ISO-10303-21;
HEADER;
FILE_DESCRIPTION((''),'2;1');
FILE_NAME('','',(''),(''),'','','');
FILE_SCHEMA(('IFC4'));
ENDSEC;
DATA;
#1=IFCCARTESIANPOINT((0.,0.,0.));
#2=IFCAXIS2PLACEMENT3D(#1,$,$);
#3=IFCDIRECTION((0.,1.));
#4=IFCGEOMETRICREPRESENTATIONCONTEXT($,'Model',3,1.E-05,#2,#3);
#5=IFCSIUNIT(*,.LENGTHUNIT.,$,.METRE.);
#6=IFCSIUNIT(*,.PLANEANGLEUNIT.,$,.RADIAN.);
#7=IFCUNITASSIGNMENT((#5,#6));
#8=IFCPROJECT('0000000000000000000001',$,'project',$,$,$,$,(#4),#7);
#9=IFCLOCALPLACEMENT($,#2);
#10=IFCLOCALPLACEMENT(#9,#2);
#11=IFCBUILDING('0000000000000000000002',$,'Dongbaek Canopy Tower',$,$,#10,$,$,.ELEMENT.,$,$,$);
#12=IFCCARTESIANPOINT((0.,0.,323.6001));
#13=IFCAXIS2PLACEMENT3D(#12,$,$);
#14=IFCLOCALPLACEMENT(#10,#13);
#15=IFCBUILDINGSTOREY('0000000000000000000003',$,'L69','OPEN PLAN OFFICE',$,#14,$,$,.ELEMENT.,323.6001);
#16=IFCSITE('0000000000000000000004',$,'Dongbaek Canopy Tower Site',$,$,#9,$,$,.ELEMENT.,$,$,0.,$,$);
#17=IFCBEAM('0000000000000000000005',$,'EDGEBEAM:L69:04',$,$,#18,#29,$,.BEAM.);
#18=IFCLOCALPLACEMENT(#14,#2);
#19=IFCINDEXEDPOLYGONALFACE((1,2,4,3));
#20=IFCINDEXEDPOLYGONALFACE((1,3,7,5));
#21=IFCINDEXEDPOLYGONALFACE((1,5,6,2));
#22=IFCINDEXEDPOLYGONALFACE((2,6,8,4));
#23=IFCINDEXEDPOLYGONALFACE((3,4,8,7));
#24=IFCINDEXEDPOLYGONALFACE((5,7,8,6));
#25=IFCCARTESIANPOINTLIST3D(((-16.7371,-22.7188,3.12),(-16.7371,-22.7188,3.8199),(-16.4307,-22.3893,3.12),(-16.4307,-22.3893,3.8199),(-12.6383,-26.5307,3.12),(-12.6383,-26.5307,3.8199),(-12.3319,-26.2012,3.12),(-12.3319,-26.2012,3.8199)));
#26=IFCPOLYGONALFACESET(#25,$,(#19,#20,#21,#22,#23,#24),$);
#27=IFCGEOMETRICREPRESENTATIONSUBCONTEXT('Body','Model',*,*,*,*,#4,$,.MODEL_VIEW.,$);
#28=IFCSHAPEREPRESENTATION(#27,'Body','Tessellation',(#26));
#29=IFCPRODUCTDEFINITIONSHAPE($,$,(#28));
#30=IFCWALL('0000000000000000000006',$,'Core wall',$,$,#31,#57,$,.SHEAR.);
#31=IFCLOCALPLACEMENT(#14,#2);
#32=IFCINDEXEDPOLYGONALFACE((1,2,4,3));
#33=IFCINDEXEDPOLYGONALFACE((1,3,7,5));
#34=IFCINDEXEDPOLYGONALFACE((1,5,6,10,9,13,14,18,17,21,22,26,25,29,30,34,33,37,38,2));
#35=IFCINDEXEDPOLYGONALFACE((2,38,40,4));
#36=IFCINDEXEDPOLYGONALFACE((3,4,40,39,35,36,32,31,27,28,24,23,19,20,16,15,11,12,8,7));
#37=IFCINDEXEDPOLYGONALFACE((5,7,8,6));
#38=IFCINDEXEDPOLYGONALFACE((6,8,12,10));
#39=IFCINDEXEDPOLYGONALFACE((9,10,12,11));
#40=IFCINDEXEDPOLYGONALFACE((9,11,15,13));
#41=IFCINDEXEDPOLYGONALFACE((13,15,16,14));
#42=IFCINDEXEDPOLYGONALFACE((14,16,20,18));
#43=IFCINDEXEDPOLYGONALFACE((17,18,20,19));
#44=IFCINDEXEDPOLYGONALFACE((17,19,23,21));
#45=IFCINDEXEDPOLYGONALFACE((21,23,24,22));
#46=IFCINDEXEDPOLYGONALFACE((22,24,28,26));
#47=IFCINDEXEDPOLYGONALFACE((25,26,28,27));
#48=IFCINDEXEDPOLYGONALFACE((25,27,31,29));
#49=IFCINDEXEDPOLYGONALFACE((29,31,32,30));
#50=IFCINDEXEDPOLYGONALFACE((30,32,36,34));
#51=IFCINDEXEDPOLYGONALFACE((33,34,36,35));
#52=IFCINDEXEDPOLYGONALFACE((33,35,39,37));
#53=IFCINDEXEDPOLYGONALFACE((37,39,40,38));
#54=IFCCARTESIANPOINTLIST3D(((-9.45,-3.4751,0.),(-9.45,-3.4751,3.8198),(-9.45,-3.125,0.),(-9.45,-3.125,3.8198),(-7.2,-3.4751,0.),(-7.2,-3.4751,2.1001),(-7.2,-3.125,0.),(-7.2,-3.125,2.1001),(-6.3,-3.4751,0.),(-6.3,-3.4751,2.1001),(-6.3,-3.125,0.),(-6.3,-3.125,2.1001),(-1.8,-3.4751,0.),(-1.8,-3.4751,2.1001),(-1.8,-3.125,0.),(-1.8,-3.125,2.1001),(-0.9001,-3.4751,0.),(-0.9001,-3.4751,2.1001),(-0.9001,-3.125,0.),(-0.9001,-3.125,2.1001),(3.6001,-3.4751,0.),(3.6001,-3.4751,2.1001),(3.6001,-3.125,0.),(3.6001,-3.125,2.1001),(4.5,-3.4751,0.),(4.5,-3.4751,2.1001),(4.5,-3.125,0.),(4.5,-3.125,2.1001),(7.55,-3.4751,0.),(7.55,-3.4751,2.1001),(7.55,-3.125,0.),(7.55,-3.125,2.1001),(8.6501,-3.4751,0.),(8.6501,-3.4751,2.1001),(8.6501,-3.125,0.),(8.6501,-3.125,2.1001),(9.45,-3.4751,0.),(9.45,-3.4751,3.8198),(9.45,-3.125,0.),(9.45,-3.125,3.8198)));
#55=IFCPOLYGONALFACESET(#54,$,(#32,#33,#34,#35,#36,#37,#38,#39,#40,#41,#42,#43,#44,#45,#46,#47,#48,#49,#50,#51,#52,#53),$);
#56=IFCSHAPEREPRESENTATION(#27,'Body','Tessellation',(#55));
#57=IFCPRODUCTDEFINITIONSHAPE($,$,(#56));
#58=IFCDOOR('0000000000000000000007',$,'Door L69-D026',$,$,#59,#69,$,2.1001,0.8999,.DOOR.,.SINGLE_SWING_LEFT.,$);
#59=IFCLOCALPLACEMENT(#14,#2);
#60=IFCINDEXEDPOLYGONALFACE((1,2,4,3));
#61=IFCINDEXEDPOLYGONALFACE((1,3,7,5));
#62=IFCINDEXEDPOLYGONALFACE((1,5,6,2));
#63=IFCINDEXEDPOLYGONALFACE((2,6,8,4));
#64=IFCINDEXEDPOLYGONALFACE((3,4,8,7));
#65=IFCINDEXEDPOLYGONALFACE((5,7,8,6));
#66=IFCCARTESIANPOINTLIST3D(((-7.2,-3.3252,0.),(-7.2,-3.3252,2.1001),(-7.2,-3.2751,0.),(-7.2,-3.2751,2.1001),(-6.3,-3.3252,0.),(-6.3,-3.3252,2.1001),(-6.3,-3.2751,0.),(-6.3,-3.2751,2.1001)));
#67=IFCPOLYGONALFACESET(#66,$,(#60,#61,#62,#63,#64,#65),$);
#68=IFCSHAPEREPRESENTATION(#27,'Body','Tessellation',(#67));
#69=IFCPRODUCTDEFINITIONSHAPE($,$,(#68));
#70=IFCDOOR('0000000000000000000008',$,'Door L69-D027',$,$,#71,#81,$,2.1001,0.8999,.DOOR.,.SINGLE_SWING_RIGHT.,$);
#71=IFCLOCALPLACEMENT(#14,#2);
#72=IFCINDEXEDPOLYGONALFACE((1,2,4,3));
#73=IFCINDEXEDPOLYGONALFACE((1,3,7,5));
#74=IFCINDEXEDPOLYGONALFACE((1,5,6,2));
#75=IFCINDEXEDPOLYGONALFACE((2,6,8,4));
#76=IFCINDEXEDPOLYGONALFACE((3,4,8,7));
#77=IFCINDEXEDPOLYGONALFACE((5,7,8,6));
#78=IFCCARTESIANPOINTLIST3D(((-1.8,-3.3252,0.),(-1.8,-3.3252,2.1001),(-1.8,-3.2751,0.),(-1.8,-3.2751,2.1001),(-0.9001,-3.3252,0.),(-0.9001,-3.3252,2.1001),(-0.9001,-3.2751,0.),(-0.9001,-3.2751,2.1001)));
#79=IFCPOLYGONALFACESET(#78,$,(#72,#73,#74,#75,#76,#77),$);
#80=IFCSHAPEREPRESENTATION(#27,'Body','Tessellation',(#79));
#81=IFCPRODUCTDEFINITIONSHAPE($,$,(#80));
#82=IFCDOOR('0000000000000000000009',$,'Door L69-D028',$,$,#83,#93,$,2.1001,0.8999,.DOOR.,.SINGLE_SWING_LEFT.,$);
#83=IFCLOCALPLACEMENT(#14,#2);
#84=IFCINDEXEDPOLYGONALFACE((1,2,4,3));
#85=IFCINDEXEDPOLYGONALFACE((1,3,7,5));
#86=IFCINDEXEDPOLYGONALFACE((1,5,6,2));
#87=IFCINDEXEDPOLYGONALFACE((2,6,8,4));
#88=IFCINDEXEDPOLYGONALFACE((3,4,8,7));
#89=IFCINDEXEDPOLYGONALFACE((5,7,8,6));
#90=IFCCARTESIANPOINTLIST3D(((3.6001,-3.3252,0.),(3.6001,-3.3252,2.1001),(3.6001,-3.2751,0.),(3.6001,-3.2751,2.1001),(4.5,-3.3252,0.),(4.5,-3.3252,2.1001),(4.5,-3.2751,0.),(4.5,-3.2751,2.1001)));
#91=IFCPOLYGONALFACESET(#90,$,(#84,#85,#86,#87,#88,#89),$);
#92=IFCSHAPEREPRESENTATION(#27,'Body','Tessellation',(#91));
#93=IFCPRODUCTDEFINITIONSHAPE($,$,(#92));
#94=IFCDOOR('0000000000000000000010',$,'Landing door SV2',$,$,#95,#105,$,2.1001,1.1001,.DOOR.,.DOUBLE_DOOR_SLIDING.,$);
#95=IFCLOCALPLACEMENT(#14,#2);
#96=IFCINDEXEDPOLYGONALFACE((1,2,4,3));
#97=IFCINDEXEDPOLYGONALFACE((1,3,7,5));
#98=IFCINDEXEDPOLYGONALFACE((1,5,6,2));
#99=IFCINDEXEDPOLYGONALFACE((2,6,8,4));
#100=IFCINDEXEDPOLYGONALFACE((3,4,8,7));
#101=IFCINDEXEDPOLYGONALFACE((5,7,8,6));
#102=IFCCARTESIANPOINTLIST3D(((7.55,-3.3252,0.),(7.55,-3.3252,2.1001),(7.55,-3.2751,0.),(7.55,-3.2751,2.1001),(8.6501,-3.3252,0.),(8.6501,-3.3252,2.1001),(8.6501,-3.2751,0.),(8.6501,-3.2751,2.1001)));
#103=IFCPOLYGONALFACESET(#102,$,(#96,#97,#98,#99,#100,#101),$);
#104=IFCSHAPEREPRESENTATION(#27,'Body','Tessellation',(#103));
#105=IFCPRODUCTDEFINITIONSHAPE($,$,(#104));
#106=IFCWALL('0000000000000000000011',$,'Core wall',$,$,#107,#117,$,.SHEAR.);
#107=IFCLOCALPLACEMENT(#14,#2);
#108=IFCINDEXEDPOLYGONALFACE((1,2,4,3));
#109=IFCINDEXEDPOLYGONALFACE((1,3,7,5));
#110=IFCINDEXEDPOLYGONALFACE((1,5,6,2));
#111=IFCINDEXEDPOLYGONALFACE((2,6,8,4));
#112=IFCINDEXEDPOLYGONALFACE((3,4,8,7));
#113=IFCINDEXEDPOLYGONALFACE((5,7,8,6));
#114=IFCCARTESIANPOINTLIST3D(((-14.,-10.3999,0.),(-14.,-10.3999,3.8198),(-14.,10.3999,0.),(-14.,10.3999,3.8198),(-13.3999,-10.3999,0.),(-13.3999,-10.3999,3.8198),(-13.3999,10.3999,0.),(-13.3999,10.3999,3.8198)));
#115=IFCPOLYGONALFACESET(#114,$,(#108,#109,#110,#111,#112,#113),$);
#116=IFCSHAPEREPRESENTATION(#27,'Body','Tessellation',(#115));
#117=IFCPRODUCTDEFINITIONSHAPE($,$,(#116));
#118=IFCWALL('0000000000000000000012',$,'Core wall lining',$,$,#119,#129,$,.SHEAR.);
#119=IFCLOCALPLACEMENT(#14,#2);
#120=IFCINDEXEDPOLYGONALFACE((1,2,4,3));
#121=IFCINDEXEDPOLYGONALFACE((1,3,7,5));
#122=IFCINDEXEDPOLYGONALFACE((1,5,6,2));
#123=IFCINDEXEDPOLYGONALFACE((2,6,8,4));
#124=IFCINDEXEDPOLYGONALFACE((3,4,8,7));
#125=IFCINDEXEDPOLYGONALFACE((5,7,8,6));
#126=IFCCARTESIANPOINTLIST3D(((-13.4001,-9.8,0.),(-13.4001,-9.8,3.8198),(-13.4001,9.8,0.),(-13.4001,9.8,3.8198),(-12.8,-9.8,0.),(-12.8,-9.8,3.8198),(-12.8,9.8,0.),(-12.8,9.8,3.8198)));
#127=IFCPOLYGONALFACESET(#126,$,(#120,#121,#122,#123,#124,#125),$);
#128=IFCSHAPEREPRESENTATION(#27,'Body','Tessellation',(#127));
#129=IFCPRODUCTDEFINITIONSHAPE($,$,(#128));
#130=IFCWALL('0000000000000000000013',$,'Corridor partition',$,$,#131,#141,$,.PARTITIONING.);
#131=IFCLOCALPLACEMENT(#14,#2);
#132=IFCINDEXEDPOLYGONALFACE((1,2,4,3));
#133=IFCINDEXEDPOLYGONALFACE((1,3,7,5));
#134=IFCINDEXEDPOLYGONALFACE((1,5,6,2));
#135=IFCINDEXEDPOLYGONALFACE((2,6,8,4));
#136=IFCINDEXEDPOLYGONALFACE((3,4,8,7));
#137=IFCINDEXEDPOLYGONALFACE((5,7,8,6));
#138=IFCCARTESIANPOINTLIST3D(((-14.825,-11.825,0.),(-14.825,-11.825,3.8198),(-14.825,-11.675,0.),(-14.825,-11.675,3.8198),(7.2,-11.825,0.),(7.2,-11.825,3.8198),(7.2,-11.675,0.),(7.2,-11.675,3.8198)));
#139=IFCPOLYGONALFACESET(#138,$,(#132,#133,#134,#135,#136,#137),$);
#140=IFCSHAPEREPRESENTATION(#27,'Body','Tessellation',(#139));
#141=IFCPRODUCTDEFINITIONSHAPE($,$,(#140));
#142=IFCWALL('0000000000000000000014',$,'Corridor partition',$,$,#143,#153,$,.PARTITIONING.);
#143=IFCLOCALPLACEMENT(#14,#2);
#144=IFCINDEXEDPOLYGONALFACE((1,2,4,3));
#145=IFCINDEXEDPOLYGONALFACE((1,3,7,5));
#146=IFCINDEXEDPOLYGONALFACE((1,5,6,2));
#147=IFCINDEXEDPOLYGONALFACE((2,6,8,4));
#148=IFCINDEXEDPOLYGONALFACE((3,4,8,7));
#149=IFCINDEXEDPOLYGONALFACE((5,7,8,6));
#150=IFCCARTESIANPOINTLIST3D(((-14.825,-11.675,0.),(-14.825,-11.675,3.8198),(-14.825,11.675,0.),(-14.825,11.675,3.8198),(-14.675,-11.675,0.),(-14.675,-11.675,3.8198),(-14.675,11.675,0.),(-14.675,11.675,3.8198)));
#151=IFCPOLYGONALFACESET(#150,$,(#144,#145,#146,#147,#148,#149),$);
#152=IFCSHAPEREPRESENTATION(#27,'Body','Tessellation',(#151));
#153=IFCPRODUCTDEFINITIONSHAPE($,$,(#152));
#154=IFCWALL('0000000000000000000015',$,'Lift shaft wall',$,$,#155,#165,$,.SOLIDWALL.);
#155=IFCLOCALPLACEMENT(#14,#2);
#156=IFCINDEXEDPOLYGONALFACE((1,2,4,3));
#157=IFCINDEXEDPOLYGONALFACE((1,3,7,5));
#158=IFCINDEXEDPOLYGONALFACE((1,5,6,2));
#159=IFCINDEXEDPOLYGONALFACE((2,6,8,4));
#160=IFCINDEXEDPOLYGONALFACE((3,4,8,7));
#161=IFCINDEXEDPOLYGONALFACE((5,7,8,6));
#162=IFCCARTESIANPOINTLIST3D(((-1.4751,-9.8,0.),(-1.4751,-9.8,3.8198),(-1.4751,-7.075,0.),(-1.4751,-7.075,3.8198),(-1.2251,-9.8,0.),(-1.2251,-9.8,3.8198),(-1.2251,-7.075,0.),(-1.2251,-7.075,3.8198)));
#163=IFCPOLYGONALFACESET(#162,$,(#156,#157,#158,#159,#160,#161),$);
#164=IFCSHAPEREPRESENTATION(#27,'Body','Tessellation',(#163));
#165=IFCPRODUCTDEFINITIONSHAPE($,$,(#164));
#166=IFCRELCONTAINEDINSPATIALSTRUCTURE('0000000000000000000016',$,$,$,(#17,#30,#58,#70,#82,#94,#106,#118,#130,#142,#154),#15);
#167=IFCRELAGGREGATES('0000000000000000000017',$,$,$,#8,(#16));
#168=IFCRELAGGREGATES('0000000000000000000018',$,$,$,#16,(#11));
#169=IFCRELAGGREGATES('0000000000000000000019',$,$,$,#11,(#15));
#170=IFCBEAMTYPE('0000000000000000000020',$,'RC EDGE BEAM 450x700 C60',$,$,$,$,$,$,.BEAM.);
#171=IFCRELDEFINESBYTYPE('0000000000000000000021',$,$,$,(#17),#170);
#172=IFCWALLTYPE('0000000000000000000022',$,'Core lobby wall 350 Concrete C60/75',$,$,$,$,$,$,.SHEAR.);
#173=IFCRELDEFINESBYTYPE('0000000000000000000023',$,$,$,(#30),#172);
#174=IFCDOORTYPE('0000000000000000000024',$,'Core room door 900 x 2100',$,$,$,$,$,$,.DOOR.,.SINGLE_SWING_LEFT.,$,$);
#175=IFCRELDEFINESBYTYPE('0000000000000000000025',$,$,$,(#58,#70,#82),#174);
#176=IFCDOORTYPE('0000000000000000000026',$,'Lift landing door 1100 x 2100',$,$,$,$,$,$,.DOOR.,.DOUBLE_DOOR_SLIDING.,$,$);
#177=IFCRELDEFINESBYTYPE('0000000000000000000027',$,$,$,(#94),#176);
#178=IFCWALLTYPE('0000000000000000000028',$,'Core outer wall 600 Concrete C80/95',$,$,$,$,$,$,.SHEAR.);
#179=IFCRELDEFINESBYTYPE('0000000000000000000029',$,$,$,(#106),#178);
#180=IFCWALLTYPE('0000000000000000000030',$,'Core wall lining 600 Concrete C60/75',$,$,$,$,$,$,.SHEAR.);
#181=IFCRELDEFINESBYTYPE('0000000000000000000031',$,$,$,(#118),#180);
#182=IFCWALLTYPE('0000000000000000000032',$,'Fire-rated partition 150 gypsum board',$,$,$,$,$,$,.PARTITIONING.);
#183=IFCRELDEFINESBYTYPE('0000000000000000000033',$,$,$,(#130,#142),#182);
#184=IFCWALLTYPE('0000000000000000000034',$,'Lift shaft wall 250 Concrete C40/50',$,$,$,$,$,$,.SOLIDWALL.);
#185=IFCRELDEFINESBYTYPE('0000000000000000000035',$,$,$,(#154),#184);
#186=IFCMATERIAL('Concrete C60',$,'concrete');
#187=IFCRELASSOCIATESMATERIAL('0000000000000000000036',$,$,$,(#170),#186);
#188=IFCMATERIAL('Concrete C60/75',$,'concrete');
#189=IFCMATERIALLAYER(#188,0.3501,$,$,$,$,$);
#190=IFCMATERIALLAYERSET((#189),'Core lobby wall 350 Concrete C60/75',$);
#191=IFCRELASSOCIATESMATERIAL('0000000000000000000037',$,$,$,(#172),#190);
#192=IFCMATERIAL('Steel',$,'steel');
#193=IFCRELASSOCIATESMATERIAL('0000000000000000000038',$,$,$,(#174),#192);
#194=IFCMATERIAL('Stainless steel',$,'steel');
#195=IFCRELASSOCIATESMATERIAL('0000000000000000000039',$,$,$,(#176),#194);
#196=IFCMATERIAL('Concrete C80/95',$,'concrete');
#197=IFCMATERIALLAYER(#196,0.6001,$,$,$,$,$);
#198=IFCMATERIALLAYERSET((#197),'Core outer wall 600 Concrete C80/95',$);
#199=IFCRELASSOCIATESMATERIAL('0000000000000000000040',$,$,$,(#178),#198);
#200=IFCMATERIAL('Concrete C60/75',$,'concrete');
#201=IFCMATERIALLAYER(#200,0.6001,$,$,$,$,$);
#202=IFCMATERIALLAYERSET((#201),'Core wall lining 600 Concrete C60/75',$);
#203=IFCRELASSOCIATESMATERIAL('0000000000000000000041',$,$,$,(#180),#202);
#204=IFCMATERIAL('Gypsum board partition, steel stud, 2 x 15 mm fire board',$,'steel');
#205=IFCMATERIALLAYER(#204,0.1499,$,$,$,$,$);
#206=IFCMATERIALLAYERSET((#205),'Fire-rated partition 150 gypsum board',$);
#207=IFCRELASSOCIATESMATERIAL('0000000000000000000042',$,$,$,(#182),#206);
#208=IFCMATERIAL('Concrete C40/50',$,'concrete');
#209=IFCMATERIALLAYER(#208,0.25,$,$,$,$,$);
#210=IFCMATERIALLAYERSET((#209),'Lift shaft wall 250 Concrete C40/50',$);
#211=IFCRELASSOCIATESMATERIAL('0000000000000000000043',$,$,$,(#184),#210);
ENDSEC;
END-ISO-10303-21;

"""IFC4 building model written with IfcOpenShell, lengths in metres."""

from ifc_helpers import new_model, si_unit, direction, frame, frame_2d, origin, origin_2d, place, context, subcontext, project, spatial, rectangle, extrude, material, layer, layer_set, material_profile, profile_set, type_object, element, fill, save


model = new_model("IFC4")

# Units and contexts
model_context = context("Model", 3, precision=1e-05, world=origin(), true_north=direction((0.0, 1.0)))
body_context = subcontext(model_context, "Body", "Model", "MODEL_VIEW")
ifc_project = project(units=[si_unit("LENGTHUNIT", "METRE"), si_unit("PLANEANGLEUNIT", "RADIAN")], contexts=[model_context])

# Site, building, storey
site_placement = place(None, origin())
site = spatial("IfcSite", under=ifc_project, at=site_placement, Name="Dongbaek Canopy Tower Site", CompositionType="ELEMENT", RefElevation=0.0)
building_placement = place(site_placement, origin())
building = spatial("IfcBuilding", under=site, at=building_placement, Name="Dongbaek Canopy Tower", CompositionType="ELEMENT")
storey_placement = place(building_placement, frame((0.0, 0.0, 323.6001)))
storey = spatial("IfcBuildingStorey", under=building, at=storey_placement, Name="L69", Description="OPEN PLAN OFFICE", CompositionType="ELEMENT", Elevation=323.6001)

# Beam
ifc_material_1 = material(Name="Concrete C60", Category="concrete")
ifc_material_profile = material_profile(ifc_material_1, rectangle(XDim=0.45, YDim=0.7, at=origin_2d()), Name="RC EDGE BEAM 450x700 C60")
ifc_profile_set = profile_set([ifc_material_profile], Name="Concrete C60")
beam_type = type_object("IfcBeamType", Name="RC EDGE BEAM 450x700 C60", PredefinedType="BEAM", material=ifc_profile_set)
beam_placement = place(storey_placement, frame((-12.4851, -26.366, 3.47), z_axis=(-0.732267, 0.681018, 0.0), x_axis=(-0.681018, -0.732267, 0.0)))
element("IfcBeam", 1, at=beam_placement, inside=storey, type_object=beam_type, Name="EDGEBEAM:L69:04", PredefinedType="BEAM", context=body_context, shape_type="SweptSolid", body=[
    extrude(rectangle(XDim=0.45, YDim=0.7, at=origin_2d()), origin(), (0.0, 0.0, 1.0), 5.5974),
])

# Wall, openings, doors
ifc_material_2 = material(Name="Concrete C60/75", Category="concrete")
ifc_layer_1 = layer(ifc_material_2, 0.3501)
ifc_layer_set_1 = layer_set([ifc_layer_1], Name="Core lobby wall 350 Concrete C60/75")
wall_type_1 = type_object("IfcWallType", Name="Core lobby wall 350 Concrete C60/75", PredefinedType="SHEAR", material=ifc_layer_set_1)
wall_1_placement = place(storey_placement, frame((-9.45, -3.3, 0.0), z_axis=(0.0, 0.0, 1.0), x_axis=(1.0, 0.0, 0.0)))
wall_1 = element("IfcWall", 2, at=wall_1_placement, inside=storey, type_object=wall_type_1, Name="Core wall", PredefinedType="SHEAR", context=body_context, shape_type="SweptSolid", body=[
    extrude(rectangle(XDim=18.8999, YDim=0.3501, at=frame_2d((9.45, 0.0))), origin(), (0.0, 0.0, 1.0), 3.8198),
])
opening_1_placement = place(wall_1_placement, frame((17.0, 0.0, 0.0)))
opening_1 = element("IfcOpeningElement", 3, at=opening_1_placement, cuts=wall_1, PredefinedType="OPENING", context=body_context, shape_type="SweptSolid", body=[
    extrude(rectangle(XDim=1.1001, YDim=2.1001, at=frame_2d((0.55, 1.05))), frame((0.0, 0.1851, 0.0), z_axis=(0.0, -1.0, 0.0), x_axis=(1.0, 0.0, 0.0)), (0.0, 0.0, 1.0), 0.3701),
])
opening_2_placement = place(wall_1_placement, frame((2.25, 0.0, 0.0)))
opening_2 = element("IfcOpeningElement", 4, at=opening_2_placement, cuts=wall_1, PredefinedType="OPENING", context=body_context, shape_type="SweptSolid", body=[
    extrude(rectangle(XDim=0.8999, YDim=2.1001, at=frame_2d((0.45, 1.05))), frame((0.0, 0.1851, 0.0), z_axis=(0.0, -1.0, 0.0), x_axis=(1.0, 0.0, 0.0)), (0.0, 0.0, 1.0), 0.3701),
])
opening_3_placement = place(wall_1_placement, frame((7.6499, 0.0, 0.0)))
opening_3 = element("IfcOpeningElement", 5, at=opening_3_placement, cuts=wall_1, PredefinedType="OPENING", context=body_context, shape_type="SweptSolid", body=[
    extrude(rectangle(XDim=0.8999, YDim=2.1001, at=frame_2d((0.45, 1.05))), frame((0.0, 0.1851, 0.0), z_axis=(0.0, -1.0, 0.0), x_axis=(1.0, 0.0, 0.0)), (0.0, 0.0, 1.0), 0.3701),
])
opening_4_placement = place(wall_1_placement, frame((13.05, 0.0, 0.0)))
opening_4 = element("IfcOpeningElement", 6, at=opening_4_placement, cuts=wall_1, PredefinedType="OPENING", context=body_context, shape_type="SweptSolid", body=[
    extrude(rectangle(XDim=0.8999, YDim=2.1001, at=frame_2d((0.45, 1.05))), frame((0.0, 0.1851, 0.0), z_axis=(0.0, -1.0, 0.0), x_axis=(1.0, 0.0, 0.0)), (0.0, 0.0, 1.0), 0.3701),
])
ifc_material_3 = material(Name="Steel", Category="steel")
door_type_1 = type_object("IfcDoorType", Name="Core room door 900 x 2100", OperationType="SINGLE_SWING_LEFT", PredefinedType="DOOR", material=ifc_material_3)
door_1_placement = place(opening_2_placement, origin())
door_1 = element("IfcDoor", 7, at=door_1_placement, inside=storey, type_object=door_type_1, Name="Door L69-D026", OperationType="SINGLE_SWING_LEFT", OverallHeight=2.1001, OverallWidth=0.8999, PredefinedType="DOOR", context=body_context, shape_type="SweptSolid", body=[
    extrude(rectangle(XDim=0.8999, YDim=2.1001, at=frame_2d((0.45, 1.05))), frame((0.0, 0.0249, 0.0), z_axis=(0.0, -1.0, 0.0), x_axis=(1.0, 0.0, 0.0)), (0.0, 0.0, 1.0), 0.05),
])
fill(opening_2, door_1)
door_2_placement = place(opening_3_placement, origin())
door_2 = element("IfcDoor", 8, at=door_2_placement, inside=storey, type_object=door_type_1, Name="Door L69-D027", OperationType="SINGLE_SWING_RIGHT", OverallHeight=2.1001, OverallWidth=0.8999, PredefinedType="DOOR", context=body_context, shape_type="SweptSolid", body=[
    extrude(rectangle(XDim=0.8999, YDim=2.1001, at=frame_2d((0.45, 1.05))), frame((0.0, 0.0249, 0.0), z_axis=(0.0, -1.0, 0.0), x_axis=(1.0, 0.0, 0.0)), (0.0, 0.0, 1.0), 0.05),
])
fill(opening_3, door_2)
door_3_placement = place(opening_4_placement, origin())
door_3 = element("IfcDoor", 9, at=door_3_placement, inside=storey, type_object=door_type_1, Name="Door L69-D028", OperationType="SINGLE_SWING_LEFT", OverallHeight=2.1001, OverallWidth=0.8999, PredefinedType="DOOR", context=body_context, shape_type="SweptSolid", body=[
    extrude(rectangle(XDim=0.8999, YDim=2.1001, at=frame_2d((0.45, 1.05))), frame((0.0, 0.0249, 0.0), z_axis=(0.0, -1.0, 0.0), x_axis=(1.0, 0.0, 0.0)), (0.0, 0.0, 1.0), 0.05),
])
fill(opening_4, door_3)
ifc_material_4 = material(Name="Stainless steel", Category="steel")
door_type_2 = type_object("IfcDoorType", Name="Lift landing door 1100 x 2100", OperationType="DOUBLE_DOOR_SLIDING", PredefinedType="DOOR", material=ifc_material_4)
door_4_placement = place(opening_1_placement, origin())
door_4 = element("IfcDoor", 10, at=door_4_placement, inside=storey, type_object=door_type_2, Name="Landing door SV2", OperationType="DOUBLE_DOOR_SLIDING", OverallHeight=2.1001, OverallWidth=1.1001, PredefinedType="DOOR", context=body_context, shape_type="SweptSolid", body=[
    extrude(rectangle(XDim=1.1001, YDim=2.1001, at=frame_2d((0.55, 1.05))), frame((0.0, 0.0249, 0.0), z_axis=(0.0, -1.0, 0.0), x_axis=(1.0, 0.0, 0.0)), (0.0, 0.0, 1.0), 0.05),
])
fill(opening_1, door_4)

# Walls
ifc_material_5 = material(Name="Concrete C80/95", Category="concrete")
ifc_layer_2 = layer(ifc_material_5, 0.6001)
ifc_layer_set_2 = layer_set([ifc_layer_2], Name="Core outer wall 600 Concrete C80/95")
wall_type_2 = type_object("IfcWallType", Name="Core outer wall 600 Concrete C80/95", PredefinedType="SHEAR", material=ifc_layer_set_2)
wall_2_placement = place(storey_placement, frame((-13.7, -10.3999, 0.0), z_axis=(0.0, 0.0, 1.0), x_axis=(0.0, 1.0, 0.0)))
element("IfcWall", 11, at=wall_2_placement, inside=storey, type_object=wall_type_2, Name="Core wall", PredefinedType="SHEAR", context=body_context, shape_type="SweptSolid", body=[
    extrude(rectangle(XDim=20.7998, YDim=0.6001, at=frame_2d((10.3999, 0.0))), origin(), (0.0, 0.0, 1.0), 3.8198),
])
ifc_material_6 = material(Name="Concrete C60/75", Category="concrete")
ifc_layer_3 = layer(ifc_material_6, 0.6001)
ifc_layer_set_3 = layer_set([ifc_layer_3], Name="Core wall lining 600 Concrete C60/75")
wall_type_3 = type_object("IfcWallType", Name="Core wall lining 600 Concrete C60/75", PredefinedType="SHEAR", material=ifc_layer_set_3)
wall_3_placement = place(storey_placement, frame((-13.1001, -9.8, 0.0), z_axis=(0.0, 0.0, 1.0), x_axis=(0.0, 1.0, 0.0)))
element("IfcWall", 12, at=wall_3_placement, inside=storey, type_object=wall_type_3, Name="Core wall lining", PredefinedType="SHEAR", context=body_context, shape_type="SweptSolid", body=[
    extrude(rectangle(XDim=19.6001, YDim=0.6001, at=frame_2d((9.8, 0.0))), origin(), (0.0, 0.0, 1.0), 3.8198),
])
ifc_material_7 = material(Name="Gypsum board partition, steel stud, 2 x 15 mm fire board", Category="steel")
ifc_layer_4 = layer(ifc_material_7, 0.1499)
ifc_layer_set_4 = layer_set([ifc_layer_4], Name="Fire-rated partition 150 gypsum board")
wall_type_4 = type_object("IfcWallType", Name="Fire-rated partition 150 gypsum board", PredefinedType="PARTITIONING", material=ifc_layer_set_4)
wall_4_placement = place(storey_placement, frame((-14.825, -11.75, 0.0), z_axis=(0.0, 0.0, 1.0), x_axis=(1.0, 0.0, 0.0)))
element("IfcWall", 13, at=wall_4_placement, inside=storey, type_object=wall_type_4, Name="Corridor partition", PredefinedType="PARTITIONING", context=body_context, shape_type="SweptSolid", body=[
    extrude(rectangle(XDim=22.0249, YDim=0.1499, at=frame_2d((11.0125, 0.0))), origin(), (0.0, 0.0, 1.0), 3.8198),
])
wall_5_placement = place(storey_placement, frame((-14.75, -11.675, 0.0), z_axis=(0.0, 0.0, 1.0), x_axis=(0.0, 1.0, 0.0)))
element("IfcWall", 14, at=wall_5_placement, inside=storey, type_object=wall_type_4, Name="Corridor partition", PredefinedType="PARTITIONING", context=body_context, shape_type="SweptSolid", body=[
    extrude(rectangle(XDim=23.3501, YDim=0.1499, at=frame_2d((11.675, 0.0))), origin(), (0.0, 0.0, 1.0), 3.8198),
])
ifc_material_8 = material(Name="Concrete C40/50", Category="concrete")
ifc_layer_5 = layer(ifc_material_8, 0.25)
ifc_layer_set_5 = layer_set([ifc_layer_5], Name="Lift shaft wall 250 Concrete C40/50")
wall_type_5 = type_object("IfcWallType", Name="Lift shaft wall 250 Concrete C40/50", PredefinedType="SOLIDWALL", material=ifc_layer_set_5)
for number, where, z_axis, x_axis, name in (
    (15, (-1.3501, -9.8, 0.0), (0.0, 0.0, 1.0), (0.0, 1.0, 0.0), "Lift shaft wall"),
):
    element("IfcWall", number, at=place(storey_placement, frame(where, z_axis=z_axis, x_axis=x_axis)), inside=storey, type_object=wall_type_5, Name=name, PredefinedType="SOLIDWALL", context=body_context, shape_type="SweptSolid", body=[
        extrude(rectangle(XDim=2.7251, YDim=0.25, at=frame_2d((1.3625, 0.0))), origin(), (0.0, 0.0, 1.0), 3.8198),
    ])

save(model, "model.ifc")
